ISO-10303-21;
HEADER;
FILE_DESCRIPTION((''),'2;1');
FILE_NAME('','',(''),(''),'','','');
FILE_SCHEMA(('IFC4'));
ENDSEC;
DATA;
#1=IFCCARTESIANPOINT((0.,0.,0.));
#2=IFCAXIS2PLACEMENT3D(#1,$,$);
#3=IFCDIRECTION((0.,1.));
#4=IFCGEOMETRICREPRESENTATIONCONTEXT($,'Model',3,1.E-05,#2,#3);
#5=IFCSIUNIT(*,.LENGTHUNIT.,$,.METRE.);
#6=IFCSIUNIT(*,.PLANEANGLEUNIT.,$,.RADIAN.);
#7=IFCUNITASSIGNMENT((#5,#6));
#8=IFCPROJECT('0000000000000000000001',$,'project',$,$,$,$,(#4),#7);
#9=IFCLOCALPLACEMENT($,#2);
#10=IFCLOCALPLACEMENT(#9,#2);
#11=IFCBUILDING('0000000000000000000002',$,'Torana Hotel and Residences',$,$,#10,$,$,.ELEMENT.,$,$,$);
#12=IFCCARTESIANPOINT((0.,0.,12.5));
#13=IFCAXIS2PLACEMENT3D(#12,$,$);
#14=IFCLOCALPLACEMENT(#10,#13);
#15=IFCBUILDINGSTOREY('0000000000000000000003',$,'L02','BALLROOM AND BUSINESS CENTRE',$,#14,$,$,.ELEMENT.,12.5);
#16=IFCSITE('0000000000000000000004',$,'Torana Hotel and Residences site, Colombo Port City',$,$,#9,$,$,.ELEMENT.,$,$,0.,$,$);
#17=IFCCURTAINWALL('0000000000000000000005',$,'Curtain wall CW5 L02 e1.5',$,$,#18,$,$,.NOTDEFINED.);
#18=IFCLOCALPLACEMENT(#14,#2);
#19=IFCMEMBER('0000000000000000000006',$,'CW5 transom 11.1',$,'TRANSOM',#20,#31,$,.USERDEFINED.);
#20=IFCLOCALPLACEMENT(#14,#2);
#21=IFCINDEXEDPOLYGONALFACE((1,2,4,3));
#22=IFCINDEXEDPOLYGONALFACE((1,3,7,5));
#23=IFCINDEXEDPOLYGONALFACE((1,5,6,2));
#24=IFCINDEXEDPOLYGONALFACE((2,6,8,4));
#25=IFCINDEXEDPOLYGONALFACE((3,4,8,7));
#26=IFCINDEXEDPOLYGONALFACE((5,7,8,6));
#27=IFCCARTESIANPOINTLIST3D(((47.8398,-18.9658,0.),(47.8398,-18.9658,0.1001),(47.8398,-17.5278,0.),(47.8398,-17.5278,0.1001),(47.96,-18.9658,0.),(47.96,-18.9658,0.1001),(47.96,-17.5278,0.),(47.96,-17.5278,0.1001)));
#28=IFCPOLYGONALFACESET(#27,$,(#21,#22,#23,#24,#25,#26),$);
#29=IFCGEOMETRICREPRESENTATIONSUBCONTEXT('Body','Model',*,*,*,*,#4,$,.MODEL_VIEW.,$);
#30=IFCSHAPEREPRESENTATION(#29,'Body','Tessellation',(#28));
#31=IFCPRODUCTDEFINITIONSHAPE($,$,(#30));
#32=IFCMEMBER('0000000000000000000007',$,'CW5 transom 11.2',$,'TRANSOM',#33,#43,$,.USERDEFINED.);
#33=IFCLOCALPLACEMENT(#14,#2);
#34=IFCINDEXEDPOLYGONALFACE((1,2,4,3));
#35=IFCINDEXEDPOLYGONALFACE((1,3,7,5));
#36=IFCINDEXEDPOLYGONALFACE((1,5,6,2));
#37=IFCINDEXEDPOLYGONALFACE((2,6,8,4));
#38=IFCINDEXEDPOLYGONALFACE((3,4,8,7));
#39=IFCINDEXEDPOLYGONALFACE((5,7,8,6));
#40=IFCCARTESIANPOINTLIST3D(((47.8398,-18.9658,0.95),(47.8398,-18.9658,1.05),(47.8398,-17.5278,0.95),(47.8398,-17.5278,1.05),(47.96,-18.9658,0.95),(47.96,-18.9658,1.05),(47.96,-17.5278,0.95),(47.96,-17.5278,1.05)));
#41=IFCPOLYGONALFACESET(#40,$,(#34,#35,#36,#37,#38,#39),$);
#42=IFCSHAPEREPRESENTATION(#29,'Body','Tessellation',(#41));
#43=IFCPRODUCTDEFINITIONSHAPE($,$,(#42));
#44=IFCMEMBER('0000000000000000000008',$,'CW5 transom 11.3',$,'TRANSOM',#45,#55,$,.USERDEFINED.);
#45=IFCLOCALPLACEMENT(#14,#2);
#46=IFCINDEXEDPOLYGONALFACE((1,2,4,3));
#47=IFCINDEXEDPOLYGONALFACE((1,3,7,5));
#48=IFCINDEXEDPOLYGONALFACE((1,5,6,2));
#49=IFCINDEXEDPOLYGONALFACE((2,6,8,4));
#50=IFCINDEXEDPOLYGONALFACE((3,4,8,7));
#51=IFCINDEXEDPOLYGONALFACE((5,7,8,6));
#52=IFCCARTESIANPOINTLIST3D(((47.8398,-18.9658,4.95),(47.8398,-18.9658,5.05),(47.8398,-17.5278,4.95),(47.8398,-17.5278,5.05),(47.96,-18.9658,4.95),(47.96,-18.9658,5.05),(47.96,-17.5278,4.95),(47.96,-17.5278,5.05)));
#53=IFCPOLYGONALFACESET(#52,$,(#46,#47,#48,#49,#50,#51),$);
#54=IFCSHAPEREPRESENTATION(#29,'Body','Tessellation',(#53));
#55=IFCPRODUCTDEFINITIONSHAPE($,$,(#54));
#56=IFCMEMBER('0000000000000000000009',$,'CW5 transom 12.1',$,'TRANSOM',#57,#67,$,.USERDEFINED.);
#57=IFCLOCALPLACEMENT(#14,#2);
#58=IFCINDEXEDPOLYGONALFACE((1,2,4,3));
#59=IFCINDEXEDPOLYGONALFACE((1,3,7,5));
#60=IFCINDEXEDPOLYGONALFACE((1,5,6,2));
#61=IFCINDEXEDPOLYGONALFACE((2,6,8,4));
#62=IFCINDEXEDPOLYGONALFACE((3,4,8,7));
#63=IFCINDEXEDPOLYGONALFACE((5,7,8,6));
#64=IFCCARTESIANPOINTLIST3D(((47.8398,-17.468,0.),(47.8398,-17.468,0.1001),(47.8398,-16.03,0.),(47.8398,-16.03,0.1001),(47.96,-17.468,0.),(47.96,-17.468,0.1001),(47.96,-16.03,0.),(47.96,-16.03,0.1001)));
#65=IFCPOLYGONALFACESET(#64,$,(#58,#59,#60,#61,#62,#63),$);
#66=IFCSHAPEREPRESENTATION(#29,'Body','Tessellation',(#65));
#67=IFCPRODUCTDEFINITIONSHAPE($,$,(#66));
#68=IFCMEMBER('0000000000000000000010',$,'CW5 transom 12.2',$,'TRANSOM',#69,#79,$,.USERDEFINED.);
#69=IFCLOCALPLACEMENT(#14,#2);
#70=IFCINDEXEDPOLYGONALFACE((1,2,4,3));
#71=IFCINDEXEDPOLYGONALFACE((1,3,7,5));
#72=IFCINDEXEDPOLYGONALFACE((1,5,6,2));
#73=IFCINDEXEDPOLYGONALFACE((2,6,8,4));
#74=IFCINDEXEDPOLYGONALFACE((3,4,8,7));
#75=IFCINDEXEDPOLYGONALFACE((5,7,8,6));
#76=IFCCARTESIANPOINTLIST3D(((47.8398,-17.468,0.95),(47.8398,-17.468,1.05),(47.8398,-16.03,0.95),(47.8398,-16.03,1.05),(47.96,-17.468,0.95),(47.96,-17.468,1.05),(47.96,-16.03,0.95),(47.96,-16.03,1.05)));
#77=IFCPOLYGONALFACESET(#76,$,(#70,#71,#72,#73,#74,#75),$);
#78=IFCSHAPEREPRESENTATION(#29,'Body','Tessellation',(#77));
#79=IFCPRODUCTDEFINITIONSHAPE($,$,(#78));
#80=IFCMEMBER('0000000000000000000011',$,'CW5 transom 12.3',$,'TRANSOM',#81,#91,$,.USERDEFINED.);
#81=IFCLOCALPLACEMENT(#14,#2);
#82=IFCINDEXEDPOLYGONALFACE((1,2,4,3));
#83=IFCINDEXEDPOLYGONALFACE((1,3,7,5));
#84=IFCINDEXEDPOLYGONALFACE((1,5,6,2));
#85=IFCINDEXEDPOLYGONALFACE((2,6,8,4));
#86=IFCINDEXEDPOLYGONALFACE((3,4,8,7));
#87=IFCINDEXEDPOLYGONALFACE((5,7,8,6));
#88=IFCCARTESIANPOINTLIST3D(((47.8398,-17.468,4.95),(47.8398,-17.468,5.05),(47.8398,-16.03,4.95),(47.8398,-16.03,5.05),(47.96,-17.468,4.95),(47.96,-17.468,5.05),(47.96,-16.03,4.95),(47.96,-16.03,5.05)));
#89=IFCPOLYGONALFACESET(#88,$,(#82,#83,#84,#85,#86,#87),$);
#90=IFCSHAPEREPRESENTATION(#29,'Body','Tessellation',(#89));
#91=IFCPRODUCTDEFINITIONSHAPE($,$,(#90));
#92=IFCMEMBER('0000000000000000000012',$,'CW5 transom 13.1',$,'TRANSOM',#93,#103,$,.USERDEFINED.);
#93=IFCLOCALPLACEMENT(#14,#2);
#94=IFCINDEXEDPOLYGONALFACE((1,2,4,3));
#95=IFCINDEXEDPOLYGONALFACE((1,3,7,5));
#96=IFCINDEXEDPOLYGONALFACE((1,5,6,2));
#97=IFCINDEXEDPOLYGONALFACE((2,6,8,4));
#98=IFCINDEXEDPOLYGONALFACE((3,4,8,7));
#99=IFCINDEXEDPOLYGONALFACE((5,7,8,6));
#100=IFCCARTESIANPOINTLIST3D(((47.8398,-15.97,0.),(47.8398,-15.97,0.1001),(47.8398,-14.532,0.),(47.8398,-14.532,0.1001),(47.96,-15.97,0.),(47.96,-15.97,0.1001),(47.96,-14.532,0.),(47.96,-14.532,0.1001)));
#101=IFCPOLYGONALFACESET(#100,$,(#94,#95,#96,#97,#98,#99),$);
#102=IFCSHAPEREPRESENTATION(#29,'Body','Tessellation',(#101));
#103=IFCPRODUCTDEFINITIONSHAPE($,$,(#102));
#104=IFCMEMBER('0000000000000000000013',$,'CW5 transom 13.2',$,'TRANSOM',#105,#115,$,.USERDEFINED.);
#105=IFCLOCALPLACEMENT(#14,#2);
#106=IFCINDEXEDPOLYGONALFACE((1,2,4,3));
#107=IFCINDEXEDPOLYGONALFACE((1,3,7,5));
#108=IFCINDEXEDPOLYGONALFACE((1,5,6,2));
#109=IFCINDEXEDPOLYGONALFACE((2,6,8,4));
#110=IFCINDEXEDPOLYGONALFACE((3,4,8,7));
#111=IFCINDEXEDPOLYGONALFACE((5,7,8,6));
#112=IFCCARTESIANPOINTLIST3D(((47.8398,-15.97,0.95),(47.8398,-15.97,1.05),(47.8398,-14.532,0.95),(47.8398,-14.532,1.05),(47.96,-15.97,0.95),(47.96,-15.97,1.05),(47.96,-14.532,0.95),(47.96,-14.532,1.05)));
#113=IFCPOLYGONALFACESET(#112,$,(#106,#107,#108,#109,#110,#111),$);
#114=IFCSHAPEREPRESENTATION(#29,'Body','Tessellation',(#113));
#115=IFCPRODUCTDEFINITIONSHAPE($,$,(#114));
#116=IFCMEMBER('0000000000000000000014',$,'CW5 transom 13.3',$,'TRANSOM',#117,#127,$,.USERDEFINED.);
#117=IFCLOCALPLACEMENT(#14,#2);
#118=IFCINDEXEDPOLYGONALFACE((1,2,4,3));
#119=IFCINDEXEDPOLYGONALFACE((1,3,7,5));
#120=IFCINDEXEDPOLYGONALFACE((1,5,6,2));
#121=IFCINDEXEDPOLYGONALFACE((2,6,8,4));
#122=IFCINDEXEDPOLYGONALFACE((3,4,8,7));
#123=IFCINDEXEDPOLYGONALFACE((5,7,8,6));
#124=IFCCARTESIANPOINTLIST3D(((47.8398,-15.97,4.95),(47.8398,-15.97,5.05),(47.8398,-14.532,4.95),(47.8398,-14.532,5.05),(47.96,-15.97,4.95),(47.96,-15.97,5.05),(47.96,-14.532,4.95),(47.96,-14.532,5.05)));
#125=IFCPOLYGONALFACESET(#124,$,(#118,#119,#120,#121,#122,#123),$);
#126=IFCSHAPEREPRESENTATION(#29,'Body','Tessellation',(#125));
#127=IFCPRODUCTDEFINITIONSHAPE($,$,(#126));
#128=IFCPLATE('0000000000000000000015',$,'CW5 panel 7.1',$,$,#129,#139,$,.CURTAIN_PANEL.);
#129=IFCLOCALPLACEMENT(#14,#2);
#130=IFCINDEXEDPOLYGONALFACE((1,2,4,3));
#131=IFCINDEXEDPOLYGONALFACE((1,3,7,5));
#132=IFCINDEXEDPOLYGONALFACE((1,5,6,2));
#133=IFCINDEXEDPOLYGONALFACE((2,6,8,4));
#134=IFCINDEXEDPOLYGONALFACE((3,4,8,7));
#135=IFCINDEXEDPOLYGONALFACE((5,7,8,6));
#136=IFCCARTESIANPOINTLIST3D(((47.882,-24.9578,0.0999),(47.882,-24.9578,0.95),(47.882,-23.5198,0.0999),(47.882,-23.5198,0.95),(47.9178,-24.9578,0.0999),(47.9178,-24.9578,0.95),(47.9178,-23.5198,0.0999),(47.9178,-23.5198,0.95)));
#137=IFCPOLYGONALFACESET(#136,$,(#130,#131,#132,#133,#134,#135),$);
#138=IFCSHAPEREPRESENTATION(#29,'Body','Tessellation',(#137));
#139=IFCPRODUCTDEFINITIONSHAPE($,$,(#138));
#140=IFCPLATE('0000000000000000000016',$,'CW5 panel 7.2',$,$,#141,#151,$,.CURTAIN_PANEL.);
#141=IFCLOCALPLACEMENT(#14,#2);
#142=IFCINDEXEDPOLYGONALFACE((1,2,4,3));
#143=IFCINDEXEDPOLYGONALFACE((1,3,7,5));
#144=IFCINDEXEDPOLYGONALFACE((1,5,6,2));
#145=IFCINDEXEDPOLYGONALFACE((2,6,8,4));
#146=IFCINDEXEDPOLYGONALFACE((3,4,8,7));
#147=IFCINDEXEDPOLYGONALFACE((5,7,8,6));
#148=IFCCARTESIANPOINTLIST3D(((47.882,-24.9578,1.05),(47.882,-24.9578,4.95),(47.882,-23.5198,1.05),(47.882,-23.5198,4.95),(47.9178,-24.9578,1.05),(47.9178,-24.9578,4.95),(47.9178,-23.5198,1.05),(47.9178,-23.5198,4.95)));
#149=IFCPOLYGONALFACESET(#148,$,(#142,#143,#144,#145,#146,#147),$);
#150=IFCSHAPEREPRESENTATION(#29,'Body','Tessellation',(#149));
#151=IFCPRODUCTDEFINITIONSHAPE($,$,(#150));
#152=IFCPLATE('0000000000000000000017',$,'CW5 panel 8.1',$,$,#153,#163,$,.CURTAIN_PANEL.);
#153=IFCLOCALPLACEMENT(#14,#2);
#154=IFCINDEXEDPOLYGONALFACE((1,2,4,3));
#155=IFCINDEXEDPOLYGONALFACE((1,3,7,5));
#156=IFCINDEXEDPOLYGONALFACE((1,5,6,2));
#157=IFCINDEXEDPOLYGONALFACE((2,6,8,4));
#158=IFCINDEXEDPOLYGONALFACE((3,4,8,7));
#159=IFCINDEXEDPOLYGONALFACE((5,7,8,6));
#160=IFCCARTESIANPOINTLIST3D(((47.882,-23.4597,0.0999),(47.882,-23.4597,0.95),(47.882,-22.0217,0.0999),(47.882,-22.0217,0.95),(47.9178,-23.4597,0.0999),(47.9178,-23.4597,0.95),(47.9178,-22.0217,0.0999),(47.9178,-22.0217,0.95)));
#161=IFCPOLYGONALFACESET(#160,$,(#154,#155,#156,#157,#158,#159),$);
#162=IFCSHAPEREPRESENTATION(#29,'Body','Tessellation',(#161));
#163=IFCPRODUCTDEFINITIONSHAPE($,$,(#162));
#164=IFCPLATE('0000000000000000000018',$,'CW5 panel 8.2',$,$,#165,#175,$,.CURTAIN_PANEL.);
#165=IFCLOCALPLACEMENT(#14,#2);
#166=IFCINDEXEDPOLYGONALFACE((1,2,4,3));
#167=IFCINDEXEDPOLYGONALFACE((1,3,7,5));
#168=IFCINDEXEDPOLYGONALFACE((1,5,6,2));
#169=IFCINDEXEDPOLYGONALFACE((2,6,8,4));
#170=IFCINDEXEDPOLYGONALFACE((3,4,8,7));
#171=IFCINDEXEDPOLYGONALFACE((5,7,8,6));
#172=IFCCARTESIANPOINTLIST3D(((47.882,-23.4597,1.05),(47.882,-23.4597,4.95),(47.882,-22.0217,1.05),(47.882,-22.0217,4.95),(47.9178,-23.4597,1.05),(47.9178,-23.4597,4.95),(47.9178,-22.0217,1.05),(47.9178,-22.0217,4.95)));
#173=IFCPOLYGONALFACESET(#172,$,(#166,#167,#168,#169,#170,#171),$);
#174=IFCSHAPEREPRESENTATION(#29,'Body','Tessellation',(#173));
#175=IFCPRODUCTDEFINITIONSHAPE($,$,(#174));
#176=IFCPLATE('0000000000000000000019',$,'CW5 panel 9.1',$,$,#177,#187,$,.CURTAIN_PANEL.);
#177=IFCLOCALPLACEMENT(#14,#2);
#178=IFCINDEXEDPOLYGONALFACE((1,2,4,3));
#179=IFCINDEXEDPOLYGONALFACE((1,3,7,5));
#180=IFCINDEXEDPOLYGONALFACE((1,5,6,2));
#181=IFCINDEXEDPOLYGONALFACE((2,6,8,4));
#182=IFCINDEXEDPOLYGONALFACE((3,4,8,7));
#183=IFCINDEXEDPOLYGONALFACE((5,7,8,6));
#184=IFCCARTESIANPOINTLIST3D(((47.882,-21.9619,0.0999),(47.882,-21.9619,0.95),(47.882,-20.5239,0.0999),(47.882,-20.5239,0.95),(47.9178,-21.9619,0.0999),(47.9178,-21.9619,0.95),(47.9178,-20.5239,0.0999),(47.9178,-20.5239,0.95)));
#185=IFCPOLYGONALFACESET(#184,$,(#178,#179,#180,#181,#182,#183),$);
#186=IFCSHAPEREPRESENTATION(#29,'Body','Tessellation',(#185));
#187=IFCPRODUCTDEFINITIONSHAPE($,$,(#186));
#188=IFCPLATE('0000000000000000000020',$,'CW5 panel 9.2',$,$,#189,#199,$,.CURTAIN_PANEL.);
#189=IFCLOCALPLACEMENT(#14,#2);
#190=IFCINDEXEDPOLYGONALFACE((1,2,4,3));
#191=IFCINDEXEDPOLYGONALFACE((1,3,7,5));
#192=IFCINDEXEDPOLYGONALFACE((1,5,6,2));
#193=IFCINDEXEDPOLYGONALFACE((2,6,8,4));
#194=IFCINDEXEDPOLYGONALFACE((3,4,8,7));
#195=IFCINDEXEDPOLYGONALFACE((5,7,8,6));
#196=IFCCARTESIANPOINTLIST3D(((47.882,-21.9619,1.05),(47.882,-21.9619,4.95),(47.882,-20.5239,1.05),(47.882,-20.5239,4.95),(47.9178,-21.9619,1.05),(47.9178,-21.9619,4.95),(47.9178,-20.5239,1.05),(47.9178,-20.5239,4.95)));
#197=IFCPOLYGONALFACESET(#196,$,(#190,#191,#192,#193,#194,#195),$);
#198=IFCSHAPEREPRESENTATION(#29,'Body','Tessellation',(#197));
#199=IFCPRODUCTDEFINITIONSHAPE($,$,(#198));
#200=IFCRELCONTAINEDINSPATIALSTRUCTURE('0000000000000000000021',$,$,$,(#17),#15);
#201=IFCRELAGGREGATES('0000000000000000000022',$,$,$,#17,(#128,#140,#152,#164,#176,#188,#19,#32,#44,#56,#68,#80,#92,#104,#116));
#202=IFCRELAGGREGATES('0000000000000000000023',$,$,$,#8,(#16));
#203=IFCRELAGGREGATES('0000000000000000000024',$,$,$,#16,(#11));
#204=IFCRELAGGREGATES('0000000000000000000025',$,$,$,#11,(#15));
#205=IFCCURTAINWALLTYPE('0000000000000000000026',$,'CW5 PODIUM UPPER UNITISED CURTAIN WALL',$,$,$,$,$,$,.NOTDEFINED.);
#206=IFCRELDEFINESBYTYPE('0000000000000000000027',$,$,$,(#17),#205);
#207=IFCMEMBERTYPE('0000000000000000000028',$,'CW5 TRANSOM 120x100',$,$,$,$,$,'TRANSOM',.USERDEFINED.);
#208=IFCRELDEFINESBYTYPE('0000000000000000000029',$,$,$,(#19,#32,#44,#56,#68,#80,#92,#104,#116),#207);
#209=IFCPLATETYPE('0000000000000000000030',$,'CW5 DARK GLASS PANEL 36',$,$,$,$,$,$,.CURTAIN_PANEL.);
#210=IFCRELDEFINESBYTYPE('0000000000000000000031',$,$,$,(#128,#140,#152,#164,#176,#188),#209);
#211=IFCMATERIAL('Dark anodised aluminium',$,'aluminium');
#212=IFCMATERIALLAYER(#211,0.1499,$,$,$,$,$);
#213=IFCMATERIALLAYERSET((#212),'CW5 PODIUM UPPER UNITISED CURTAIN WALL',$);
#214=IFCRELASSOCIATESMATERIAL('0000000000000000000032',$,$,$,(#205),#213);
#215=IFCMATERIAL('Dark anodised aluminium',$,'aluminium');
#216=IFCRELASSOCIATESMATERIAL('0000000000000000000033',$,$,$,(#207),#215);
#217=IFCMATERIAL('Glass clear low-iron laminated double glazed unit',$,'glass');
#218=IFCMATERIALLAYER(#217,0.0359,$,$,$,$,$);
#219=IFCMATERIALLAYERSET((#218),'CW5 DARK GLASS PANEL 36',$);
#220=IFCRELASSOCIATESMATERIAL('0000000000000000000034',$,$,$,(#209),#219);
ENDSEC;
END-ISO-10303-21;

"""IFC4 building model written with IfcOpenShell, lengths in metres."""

from ifc_helpers import new_model, si_unit, direction, frame, origin, origin_2d, place, context, subcontext, project, spatial, rectangle, extrude, material, layer, layer_set, material_profile, profile_set, type_object, element, aggregate, save


model = new_model("IFC4")

# Units and contexts
model_context = context("Model", 3, precision=1e-05, world=origin(), true_north=direction((0.0, 1.0)))
body_context = subcontext(model_context, "Body", "Model", "MODEL_VIEW")
ifc_project = project(units=[si_unit("LENGTHUNIT", "METRE"), si_unit("PLANEANGLEUNIT", "RADIAN")], contexts=[model_context])

# Site, building, storey
site_placement = place(None, origin())
site = spatial("IfcSite", under=ifc_project, at=site_placement, Name="Torana Hotel and Residences site, Colombo Port City", CompositionType="ELEMENT", RefElevation=0.0)
building_placement = place(site_placement, origin())
building = spatial("IfcBuilding", under=site, at=building_placement, Name="Torana Hotel and Residences", CompositionType="ELEMENT")
storey_placement = place(building_placement, frame((0.0, 0.0, 12.5)))
storey = spatial("IfcBuildingStorey", under=building, at=storey_placement, Name="L02", Description="BALLROOM AND BUSINESS CENTRE", CompositionType="ELEMENT", Elevation=12.5)

# Curtain wall, members, plates
ifc_material_1 = material(Name="Dark anodised aluminium", Category="aluminium")
ifc_layer_1 = layer(ifc_material_1, 0.1499)
ifc_layer_set_1 = layer_set([ifc_layer_1], Name="CW5 PODIUM UPPER UNITISED CURTAIN WALL")
curtain_wall_type = type_object("IfcCurtainWallType", Name="CW5 PODIUM UPPER UNITISED CURTAIN WALL", PredefinedType="NOTDEFINED", material=ifc_layer_set_1)
curtain_wall_placement = place(storey_placement, origin())
curtain_wall = element("IfcCurtainWall", 1, at=curtain_wall_placement, inside=storey, type_object=curtain_wall_type, Name="Curtain wall CW5 L02 e1.5", PredefinedType="NOTDEFINED")
ifc_material_2 = material(Name="Dark anodised aluminium", Category="aluminium")
ifc_material_profile_1 = material_profile(ifc_material_2, rectangle(XDim=0.1201, YDim=0.1001, at=origin_2d()), Name="CW5 TRANSOM 120x100")
ifc_profile_set_1 = profile_set([ifc_material_profile_1], Name="Dark anodised aluminium")
member_type_1 = type_object("IfcMemberType", Name="CW5 TRANSOM 120x100", ElementType="TRANSOM", PredefinedType="USERDEFINED", material=ifc_profile_set_1)
member_1_placement = place(storey_placement, frame((47.8999, -18.9658, 0.05), z_axis=(0.0, 1.0, 0.0), x_axis=(-1.0, 0.0, 0.0)))
member_1 = element("IfcMember", 2, at=member_1_placement, type_object=member_type_1, Name="CW5 transom 11.1", ObjectType="TRANSOM", PredefinedType="USERDEFINED", context=body_context, shape_type="SweptSolid", body=[
    extrude(rectangle(XDim=0.1201, YDim=0.1001, at=origin_2d()), origin(), (0.0, 0.0, 1.0), 1.438),
])
member_2_placement = place(storey_placement, frame((47.8999, -18.9658, 1.0), z_axis=(0.0, 1.0, 0.0), x_axis=(-1.0, 0.0, 0.0)))
member_2 = element("IfcMember", 3, at=member_2_placement, type_object=member_type_1, Name="CW5 transom 11.2", ObjectType="TRANSOM", PredefinedType="USERDEFINED", context=body_context, shape_type="SweptSolid", body=[
    extrude(rectangle(XDim=0.1201, YDim=0.1001, at=origin_2d()), origin(), (0.0, 0.0, 1.0), 1.438),
])
member_3_placement = place(storey_placement, frame((47.8999, -18.9658, 5.0), z_axis=(0.0, 1.0, 0.0), x_axis=(-1.0, 0.0, 0.0)))
member_3 = element("IfcMember", 4, at=member_3_placement, type_object=member_type_1, Name="CW5 transom 11.3", ObjectType="TRANSOM", PredefinedType="USERDEFINED", context=body_context, shape_type="SweptSolid", body=[
    extrude(rectangle(XDim=0.1201, YDim=0.1001, at=origin_2d()), origin(), (0.0, 0.0, 1.0), 1.438),
])
member_4_placement = place(storey_placement, frame((47.8999, -17.468, 0.05), z_axis=(0.0, 1.0, 0.0), x_axis=(-1.0, 0.0, 0.0)))
member_4 = element("IfcMember", 5, at=member_4_placement, type_object=member_type_1, Name="CW5 transom 12.1", ObjectType="TRANSOM", PredefinedType="USERDEFINED", context=body_context, shape_type="SweptSolid", body=[
    extrude(rectangle(XDim=0.1201, YDim=0.1001, at=origin_2d()), origin(), (0.0, 0.0, 1.0), 1.438),
])
member_5_placement = place(storey_placement, frame((47.8999, -17.468, 1.0), z_axis=(0.0, 1.0, 0.0), x_axis=(-1.0, 0.0, 0.0)))
member_5 = element("IfcMember", 6, at=member_5_placement, type_object=member_type_1, Name="CW5 transom 12.2", ObjectType="TRANSOM", PredefinedType="USERDEFINED", context=body_context, shape_type="SweptSolid", body=[
    extrude(rectangle(XDim=0.1201, YDim=0.1001, at=origin_2d()), origin(), (0.0, 0.0, 1.0), 1.438),
])
member_6_placement = place(storey_placement, frame((47.8999, -17.468, 5.0), z_axis=(0.0, 1.0, 0.0), x_axis=(-1.0, 0.0, 0.0)))
member_6 = element("IfcMember", 7, at=member_6_placement, type_object=member_type_1, Name="CW5 transom 12.3", ObjectType="TRANSOM", PredefinedType="USERDEFINED", context=body_context, shape_type="SweptSolid", body=[
    extrude(rectangle(XDim=0.1201, YDim=0.1001, at=origin_2d()), origin(), (0.0, 0.0, 1.0), 1.438),
])
member_7_placement = place(storey_placement, frame((47.8999, -15.97, 0.05), z_axis=(0.0, 1.0, 0.0), x_axis=(-1.0, 0.0, 0.0)))
member_7 = element("IfcMember", 8, at=member_7_placement, type_object=member_type_1, Name="CW5 transom 13.1", ObjectType="TRANSOM", PredefinedType="USERDEFINED", context=body_context, shape_type="SweptSolid", body=[
    extrude(rectangle(XDim=0.1201, YDim=0.1001, at=origin_2d()), origin(), (0.0, 0.0, 1.0), 1.438),
])
member_8_placement = place(storey_placement, frame((47.8999, -15.97, 1.0), z_axis=(0.0, 1.0, 0.0), x_axis=(-1.0, 0.0, 0.0)))
member_8 = element("IfcMember", 9, at=member_8_placement, type_object=member_type_1, Name="CW5 transom 13.2", ObjectType="TRANSOM", PredefinedType="USERDEFINED", context=body_context, shape_type="SweptSolid", body=[
    extrude(rectangle(XDim=0.1201, YDim=0.1001, at=origin_2d()), origin(), (0.0, 0.0, 1.0), 1.438),
])
member_9_placement = place(storey_placement, frame((47.8999, -15.97, 5.0), z_axis=(0.0, 1.0, 0.0), x_axis=(-1.0, 0.0, 0.0)))
member_9 = element("IfcMember", 10, at=member_9_placement, type_object=member_type_1, Name="CW5 transom 13.3", ObjectType="TRANSOM", PredefinedType="USERDEFINED", context=body_context, shape_type="SweptSolid", body=[
    extrude(rectangle(XDim=0.1201, YDim=0.1001, at=origin_2d()), origin(), (0.0, 0.0, 1.0), 1.438),
])
ifc_material_3 = material(Name="Glass clear low-iron laminated double glazed unit", Category="glass")
ifc_layer_2 = layer(ifc_material_3, 0.0359)
ifc_layer_set_2 = layer_set([ifc_layer_2], Name="CW5 DARK GLASS PANEL 36")
plate_type = type_object("IfcPlateType", Name="CW5 DARK GLASS PANEL 36", PredefinedType="CURTAIN_PANEL", material=ifc_layer_set_2)
plate_1_placement = place(storey_placement, frame((47.8999, -24.2388, 0.0999), z_axis=(0.0, 0.0, 1.0), x_axis=(0.0, 1.0, 0.0)))
plate_1 = element("IfcPlate", 11, at=plate_1_placement, type_object=plate_type, Name="CW5 panel 7.1", PredefinedType="CURTAIN_PANEL", context=body_context, shape_type="SweptSolid", body=[
    extrude(rectangle(XDim=1.438, YDim=0.0359, at=origin_2d()), origin(), (0.0, 0.0, 1.0), 0.8501),
])
plate_2_placement = place(storey_placement, frame((47.8999, -24.2388, 1.05), z_axis=(0.0, 0.0, 1.0), x_axis=(0.0, 1.0, 0.0)))
plate_2 = element("IfcPlate", 12, at=plate_2_placement, type_object=plate_type, Name="CW5 panel 7.2", PredefinedType="CURTAIN_PANEL", context=body_context, shape_type="SweptSolid", body=[
    extrude(rectangle(XDim=1.438, YDim=0.0359, at=origin_2d()), origin(), (0.0, 0.0, 1.0), 3.8999),
])
plate_3_placement = place(storey_placement, frame((47.8999, -22.7407, 0.0999), z_axis=(0.0, 0.0, 1.0), x_axis=(0.0, 1.0, 0.0)))
plate_3 = element("IfcPlate", 13, at=plate_3_placement, type_object=plate_type, Name="CW5 panel 8.1", PredefinedType="CURTAIN_PANEL", context=body_context, shape_type="SweptSolid", body=[
    extrude(rectangle(XDim=1.438, YDim=0.0359, at=origin_2d()), origin(), (0.0, 0.0, 1.0), 0.8501),
])
plate_4_placement = place(storey_placement, frame((47.8999, -22.7407, 1.05), z_axis=(0.0, 0.0, 1.0), x_axis=(0.0, 1.0, 0.0)))
plate_4 = element("IfcPlate", 14, at=plate_4_placement, type_object=plate_type, Name="CW5 panel 8.2", PredefinedType="CURTAIN_PANEL", context=body_context, shape_type="SweptSolid", body=[
    extrude(rectangle(XDim=1.438, YDim=0.0359, at=origin_2d()), origin(), (0.0, 0.0, 1.0), 3.8999),
])
plate_5_placement = place(storey_placement, frame((47.8999, -21.2429, 0.0999), z_axis=(0.0, 0.0, 1.0), x_axis=(0.0, 1.0, 0.0)))
plate_5 = element("IfcPlate", 15, at=plate_5_placement, type_object=plate_type, Name="CW5 panel 9.1", PredefinedType="CURTAIN_PANEL", context=body_context, shape_type="SweptSolid", body=[
    extrude(rectangle(XDim=1.438, YDim=0.0359, at=origin_2d()), origin(), (0.0, 0.0, 1.0), 0.8501),
])
plate_6_placement = place(storey_placement, frame((47.8999, -21.2429, 1.05), z_axis=(0.0, 0.0, 1.0), x_axis=(0.0, 1.0, 0.0)))
plate_6 = element("IfcPlate", 16, at=plate_6_placement, type_object=plate_type, Name="CW5 panel 9.2", PredefinedType="CURTAIN_PANEL", context=body_context, shape_type="SweptSolid", body=[
    extrude(rectangle(XDim=1.438, YDim=0.0359, at=origin_2d()), origin(), (0.0, 0.0, 1.0), 3.8999),
])
aggregate(curtain_wall, [plate_1, plate_2, plate_3, plate_4, plate_5, plate_6, member_1, member_2, member_3, member_4, member_5, member_6, member_7, member_8, member_9])

save(model, "model.ifc")
